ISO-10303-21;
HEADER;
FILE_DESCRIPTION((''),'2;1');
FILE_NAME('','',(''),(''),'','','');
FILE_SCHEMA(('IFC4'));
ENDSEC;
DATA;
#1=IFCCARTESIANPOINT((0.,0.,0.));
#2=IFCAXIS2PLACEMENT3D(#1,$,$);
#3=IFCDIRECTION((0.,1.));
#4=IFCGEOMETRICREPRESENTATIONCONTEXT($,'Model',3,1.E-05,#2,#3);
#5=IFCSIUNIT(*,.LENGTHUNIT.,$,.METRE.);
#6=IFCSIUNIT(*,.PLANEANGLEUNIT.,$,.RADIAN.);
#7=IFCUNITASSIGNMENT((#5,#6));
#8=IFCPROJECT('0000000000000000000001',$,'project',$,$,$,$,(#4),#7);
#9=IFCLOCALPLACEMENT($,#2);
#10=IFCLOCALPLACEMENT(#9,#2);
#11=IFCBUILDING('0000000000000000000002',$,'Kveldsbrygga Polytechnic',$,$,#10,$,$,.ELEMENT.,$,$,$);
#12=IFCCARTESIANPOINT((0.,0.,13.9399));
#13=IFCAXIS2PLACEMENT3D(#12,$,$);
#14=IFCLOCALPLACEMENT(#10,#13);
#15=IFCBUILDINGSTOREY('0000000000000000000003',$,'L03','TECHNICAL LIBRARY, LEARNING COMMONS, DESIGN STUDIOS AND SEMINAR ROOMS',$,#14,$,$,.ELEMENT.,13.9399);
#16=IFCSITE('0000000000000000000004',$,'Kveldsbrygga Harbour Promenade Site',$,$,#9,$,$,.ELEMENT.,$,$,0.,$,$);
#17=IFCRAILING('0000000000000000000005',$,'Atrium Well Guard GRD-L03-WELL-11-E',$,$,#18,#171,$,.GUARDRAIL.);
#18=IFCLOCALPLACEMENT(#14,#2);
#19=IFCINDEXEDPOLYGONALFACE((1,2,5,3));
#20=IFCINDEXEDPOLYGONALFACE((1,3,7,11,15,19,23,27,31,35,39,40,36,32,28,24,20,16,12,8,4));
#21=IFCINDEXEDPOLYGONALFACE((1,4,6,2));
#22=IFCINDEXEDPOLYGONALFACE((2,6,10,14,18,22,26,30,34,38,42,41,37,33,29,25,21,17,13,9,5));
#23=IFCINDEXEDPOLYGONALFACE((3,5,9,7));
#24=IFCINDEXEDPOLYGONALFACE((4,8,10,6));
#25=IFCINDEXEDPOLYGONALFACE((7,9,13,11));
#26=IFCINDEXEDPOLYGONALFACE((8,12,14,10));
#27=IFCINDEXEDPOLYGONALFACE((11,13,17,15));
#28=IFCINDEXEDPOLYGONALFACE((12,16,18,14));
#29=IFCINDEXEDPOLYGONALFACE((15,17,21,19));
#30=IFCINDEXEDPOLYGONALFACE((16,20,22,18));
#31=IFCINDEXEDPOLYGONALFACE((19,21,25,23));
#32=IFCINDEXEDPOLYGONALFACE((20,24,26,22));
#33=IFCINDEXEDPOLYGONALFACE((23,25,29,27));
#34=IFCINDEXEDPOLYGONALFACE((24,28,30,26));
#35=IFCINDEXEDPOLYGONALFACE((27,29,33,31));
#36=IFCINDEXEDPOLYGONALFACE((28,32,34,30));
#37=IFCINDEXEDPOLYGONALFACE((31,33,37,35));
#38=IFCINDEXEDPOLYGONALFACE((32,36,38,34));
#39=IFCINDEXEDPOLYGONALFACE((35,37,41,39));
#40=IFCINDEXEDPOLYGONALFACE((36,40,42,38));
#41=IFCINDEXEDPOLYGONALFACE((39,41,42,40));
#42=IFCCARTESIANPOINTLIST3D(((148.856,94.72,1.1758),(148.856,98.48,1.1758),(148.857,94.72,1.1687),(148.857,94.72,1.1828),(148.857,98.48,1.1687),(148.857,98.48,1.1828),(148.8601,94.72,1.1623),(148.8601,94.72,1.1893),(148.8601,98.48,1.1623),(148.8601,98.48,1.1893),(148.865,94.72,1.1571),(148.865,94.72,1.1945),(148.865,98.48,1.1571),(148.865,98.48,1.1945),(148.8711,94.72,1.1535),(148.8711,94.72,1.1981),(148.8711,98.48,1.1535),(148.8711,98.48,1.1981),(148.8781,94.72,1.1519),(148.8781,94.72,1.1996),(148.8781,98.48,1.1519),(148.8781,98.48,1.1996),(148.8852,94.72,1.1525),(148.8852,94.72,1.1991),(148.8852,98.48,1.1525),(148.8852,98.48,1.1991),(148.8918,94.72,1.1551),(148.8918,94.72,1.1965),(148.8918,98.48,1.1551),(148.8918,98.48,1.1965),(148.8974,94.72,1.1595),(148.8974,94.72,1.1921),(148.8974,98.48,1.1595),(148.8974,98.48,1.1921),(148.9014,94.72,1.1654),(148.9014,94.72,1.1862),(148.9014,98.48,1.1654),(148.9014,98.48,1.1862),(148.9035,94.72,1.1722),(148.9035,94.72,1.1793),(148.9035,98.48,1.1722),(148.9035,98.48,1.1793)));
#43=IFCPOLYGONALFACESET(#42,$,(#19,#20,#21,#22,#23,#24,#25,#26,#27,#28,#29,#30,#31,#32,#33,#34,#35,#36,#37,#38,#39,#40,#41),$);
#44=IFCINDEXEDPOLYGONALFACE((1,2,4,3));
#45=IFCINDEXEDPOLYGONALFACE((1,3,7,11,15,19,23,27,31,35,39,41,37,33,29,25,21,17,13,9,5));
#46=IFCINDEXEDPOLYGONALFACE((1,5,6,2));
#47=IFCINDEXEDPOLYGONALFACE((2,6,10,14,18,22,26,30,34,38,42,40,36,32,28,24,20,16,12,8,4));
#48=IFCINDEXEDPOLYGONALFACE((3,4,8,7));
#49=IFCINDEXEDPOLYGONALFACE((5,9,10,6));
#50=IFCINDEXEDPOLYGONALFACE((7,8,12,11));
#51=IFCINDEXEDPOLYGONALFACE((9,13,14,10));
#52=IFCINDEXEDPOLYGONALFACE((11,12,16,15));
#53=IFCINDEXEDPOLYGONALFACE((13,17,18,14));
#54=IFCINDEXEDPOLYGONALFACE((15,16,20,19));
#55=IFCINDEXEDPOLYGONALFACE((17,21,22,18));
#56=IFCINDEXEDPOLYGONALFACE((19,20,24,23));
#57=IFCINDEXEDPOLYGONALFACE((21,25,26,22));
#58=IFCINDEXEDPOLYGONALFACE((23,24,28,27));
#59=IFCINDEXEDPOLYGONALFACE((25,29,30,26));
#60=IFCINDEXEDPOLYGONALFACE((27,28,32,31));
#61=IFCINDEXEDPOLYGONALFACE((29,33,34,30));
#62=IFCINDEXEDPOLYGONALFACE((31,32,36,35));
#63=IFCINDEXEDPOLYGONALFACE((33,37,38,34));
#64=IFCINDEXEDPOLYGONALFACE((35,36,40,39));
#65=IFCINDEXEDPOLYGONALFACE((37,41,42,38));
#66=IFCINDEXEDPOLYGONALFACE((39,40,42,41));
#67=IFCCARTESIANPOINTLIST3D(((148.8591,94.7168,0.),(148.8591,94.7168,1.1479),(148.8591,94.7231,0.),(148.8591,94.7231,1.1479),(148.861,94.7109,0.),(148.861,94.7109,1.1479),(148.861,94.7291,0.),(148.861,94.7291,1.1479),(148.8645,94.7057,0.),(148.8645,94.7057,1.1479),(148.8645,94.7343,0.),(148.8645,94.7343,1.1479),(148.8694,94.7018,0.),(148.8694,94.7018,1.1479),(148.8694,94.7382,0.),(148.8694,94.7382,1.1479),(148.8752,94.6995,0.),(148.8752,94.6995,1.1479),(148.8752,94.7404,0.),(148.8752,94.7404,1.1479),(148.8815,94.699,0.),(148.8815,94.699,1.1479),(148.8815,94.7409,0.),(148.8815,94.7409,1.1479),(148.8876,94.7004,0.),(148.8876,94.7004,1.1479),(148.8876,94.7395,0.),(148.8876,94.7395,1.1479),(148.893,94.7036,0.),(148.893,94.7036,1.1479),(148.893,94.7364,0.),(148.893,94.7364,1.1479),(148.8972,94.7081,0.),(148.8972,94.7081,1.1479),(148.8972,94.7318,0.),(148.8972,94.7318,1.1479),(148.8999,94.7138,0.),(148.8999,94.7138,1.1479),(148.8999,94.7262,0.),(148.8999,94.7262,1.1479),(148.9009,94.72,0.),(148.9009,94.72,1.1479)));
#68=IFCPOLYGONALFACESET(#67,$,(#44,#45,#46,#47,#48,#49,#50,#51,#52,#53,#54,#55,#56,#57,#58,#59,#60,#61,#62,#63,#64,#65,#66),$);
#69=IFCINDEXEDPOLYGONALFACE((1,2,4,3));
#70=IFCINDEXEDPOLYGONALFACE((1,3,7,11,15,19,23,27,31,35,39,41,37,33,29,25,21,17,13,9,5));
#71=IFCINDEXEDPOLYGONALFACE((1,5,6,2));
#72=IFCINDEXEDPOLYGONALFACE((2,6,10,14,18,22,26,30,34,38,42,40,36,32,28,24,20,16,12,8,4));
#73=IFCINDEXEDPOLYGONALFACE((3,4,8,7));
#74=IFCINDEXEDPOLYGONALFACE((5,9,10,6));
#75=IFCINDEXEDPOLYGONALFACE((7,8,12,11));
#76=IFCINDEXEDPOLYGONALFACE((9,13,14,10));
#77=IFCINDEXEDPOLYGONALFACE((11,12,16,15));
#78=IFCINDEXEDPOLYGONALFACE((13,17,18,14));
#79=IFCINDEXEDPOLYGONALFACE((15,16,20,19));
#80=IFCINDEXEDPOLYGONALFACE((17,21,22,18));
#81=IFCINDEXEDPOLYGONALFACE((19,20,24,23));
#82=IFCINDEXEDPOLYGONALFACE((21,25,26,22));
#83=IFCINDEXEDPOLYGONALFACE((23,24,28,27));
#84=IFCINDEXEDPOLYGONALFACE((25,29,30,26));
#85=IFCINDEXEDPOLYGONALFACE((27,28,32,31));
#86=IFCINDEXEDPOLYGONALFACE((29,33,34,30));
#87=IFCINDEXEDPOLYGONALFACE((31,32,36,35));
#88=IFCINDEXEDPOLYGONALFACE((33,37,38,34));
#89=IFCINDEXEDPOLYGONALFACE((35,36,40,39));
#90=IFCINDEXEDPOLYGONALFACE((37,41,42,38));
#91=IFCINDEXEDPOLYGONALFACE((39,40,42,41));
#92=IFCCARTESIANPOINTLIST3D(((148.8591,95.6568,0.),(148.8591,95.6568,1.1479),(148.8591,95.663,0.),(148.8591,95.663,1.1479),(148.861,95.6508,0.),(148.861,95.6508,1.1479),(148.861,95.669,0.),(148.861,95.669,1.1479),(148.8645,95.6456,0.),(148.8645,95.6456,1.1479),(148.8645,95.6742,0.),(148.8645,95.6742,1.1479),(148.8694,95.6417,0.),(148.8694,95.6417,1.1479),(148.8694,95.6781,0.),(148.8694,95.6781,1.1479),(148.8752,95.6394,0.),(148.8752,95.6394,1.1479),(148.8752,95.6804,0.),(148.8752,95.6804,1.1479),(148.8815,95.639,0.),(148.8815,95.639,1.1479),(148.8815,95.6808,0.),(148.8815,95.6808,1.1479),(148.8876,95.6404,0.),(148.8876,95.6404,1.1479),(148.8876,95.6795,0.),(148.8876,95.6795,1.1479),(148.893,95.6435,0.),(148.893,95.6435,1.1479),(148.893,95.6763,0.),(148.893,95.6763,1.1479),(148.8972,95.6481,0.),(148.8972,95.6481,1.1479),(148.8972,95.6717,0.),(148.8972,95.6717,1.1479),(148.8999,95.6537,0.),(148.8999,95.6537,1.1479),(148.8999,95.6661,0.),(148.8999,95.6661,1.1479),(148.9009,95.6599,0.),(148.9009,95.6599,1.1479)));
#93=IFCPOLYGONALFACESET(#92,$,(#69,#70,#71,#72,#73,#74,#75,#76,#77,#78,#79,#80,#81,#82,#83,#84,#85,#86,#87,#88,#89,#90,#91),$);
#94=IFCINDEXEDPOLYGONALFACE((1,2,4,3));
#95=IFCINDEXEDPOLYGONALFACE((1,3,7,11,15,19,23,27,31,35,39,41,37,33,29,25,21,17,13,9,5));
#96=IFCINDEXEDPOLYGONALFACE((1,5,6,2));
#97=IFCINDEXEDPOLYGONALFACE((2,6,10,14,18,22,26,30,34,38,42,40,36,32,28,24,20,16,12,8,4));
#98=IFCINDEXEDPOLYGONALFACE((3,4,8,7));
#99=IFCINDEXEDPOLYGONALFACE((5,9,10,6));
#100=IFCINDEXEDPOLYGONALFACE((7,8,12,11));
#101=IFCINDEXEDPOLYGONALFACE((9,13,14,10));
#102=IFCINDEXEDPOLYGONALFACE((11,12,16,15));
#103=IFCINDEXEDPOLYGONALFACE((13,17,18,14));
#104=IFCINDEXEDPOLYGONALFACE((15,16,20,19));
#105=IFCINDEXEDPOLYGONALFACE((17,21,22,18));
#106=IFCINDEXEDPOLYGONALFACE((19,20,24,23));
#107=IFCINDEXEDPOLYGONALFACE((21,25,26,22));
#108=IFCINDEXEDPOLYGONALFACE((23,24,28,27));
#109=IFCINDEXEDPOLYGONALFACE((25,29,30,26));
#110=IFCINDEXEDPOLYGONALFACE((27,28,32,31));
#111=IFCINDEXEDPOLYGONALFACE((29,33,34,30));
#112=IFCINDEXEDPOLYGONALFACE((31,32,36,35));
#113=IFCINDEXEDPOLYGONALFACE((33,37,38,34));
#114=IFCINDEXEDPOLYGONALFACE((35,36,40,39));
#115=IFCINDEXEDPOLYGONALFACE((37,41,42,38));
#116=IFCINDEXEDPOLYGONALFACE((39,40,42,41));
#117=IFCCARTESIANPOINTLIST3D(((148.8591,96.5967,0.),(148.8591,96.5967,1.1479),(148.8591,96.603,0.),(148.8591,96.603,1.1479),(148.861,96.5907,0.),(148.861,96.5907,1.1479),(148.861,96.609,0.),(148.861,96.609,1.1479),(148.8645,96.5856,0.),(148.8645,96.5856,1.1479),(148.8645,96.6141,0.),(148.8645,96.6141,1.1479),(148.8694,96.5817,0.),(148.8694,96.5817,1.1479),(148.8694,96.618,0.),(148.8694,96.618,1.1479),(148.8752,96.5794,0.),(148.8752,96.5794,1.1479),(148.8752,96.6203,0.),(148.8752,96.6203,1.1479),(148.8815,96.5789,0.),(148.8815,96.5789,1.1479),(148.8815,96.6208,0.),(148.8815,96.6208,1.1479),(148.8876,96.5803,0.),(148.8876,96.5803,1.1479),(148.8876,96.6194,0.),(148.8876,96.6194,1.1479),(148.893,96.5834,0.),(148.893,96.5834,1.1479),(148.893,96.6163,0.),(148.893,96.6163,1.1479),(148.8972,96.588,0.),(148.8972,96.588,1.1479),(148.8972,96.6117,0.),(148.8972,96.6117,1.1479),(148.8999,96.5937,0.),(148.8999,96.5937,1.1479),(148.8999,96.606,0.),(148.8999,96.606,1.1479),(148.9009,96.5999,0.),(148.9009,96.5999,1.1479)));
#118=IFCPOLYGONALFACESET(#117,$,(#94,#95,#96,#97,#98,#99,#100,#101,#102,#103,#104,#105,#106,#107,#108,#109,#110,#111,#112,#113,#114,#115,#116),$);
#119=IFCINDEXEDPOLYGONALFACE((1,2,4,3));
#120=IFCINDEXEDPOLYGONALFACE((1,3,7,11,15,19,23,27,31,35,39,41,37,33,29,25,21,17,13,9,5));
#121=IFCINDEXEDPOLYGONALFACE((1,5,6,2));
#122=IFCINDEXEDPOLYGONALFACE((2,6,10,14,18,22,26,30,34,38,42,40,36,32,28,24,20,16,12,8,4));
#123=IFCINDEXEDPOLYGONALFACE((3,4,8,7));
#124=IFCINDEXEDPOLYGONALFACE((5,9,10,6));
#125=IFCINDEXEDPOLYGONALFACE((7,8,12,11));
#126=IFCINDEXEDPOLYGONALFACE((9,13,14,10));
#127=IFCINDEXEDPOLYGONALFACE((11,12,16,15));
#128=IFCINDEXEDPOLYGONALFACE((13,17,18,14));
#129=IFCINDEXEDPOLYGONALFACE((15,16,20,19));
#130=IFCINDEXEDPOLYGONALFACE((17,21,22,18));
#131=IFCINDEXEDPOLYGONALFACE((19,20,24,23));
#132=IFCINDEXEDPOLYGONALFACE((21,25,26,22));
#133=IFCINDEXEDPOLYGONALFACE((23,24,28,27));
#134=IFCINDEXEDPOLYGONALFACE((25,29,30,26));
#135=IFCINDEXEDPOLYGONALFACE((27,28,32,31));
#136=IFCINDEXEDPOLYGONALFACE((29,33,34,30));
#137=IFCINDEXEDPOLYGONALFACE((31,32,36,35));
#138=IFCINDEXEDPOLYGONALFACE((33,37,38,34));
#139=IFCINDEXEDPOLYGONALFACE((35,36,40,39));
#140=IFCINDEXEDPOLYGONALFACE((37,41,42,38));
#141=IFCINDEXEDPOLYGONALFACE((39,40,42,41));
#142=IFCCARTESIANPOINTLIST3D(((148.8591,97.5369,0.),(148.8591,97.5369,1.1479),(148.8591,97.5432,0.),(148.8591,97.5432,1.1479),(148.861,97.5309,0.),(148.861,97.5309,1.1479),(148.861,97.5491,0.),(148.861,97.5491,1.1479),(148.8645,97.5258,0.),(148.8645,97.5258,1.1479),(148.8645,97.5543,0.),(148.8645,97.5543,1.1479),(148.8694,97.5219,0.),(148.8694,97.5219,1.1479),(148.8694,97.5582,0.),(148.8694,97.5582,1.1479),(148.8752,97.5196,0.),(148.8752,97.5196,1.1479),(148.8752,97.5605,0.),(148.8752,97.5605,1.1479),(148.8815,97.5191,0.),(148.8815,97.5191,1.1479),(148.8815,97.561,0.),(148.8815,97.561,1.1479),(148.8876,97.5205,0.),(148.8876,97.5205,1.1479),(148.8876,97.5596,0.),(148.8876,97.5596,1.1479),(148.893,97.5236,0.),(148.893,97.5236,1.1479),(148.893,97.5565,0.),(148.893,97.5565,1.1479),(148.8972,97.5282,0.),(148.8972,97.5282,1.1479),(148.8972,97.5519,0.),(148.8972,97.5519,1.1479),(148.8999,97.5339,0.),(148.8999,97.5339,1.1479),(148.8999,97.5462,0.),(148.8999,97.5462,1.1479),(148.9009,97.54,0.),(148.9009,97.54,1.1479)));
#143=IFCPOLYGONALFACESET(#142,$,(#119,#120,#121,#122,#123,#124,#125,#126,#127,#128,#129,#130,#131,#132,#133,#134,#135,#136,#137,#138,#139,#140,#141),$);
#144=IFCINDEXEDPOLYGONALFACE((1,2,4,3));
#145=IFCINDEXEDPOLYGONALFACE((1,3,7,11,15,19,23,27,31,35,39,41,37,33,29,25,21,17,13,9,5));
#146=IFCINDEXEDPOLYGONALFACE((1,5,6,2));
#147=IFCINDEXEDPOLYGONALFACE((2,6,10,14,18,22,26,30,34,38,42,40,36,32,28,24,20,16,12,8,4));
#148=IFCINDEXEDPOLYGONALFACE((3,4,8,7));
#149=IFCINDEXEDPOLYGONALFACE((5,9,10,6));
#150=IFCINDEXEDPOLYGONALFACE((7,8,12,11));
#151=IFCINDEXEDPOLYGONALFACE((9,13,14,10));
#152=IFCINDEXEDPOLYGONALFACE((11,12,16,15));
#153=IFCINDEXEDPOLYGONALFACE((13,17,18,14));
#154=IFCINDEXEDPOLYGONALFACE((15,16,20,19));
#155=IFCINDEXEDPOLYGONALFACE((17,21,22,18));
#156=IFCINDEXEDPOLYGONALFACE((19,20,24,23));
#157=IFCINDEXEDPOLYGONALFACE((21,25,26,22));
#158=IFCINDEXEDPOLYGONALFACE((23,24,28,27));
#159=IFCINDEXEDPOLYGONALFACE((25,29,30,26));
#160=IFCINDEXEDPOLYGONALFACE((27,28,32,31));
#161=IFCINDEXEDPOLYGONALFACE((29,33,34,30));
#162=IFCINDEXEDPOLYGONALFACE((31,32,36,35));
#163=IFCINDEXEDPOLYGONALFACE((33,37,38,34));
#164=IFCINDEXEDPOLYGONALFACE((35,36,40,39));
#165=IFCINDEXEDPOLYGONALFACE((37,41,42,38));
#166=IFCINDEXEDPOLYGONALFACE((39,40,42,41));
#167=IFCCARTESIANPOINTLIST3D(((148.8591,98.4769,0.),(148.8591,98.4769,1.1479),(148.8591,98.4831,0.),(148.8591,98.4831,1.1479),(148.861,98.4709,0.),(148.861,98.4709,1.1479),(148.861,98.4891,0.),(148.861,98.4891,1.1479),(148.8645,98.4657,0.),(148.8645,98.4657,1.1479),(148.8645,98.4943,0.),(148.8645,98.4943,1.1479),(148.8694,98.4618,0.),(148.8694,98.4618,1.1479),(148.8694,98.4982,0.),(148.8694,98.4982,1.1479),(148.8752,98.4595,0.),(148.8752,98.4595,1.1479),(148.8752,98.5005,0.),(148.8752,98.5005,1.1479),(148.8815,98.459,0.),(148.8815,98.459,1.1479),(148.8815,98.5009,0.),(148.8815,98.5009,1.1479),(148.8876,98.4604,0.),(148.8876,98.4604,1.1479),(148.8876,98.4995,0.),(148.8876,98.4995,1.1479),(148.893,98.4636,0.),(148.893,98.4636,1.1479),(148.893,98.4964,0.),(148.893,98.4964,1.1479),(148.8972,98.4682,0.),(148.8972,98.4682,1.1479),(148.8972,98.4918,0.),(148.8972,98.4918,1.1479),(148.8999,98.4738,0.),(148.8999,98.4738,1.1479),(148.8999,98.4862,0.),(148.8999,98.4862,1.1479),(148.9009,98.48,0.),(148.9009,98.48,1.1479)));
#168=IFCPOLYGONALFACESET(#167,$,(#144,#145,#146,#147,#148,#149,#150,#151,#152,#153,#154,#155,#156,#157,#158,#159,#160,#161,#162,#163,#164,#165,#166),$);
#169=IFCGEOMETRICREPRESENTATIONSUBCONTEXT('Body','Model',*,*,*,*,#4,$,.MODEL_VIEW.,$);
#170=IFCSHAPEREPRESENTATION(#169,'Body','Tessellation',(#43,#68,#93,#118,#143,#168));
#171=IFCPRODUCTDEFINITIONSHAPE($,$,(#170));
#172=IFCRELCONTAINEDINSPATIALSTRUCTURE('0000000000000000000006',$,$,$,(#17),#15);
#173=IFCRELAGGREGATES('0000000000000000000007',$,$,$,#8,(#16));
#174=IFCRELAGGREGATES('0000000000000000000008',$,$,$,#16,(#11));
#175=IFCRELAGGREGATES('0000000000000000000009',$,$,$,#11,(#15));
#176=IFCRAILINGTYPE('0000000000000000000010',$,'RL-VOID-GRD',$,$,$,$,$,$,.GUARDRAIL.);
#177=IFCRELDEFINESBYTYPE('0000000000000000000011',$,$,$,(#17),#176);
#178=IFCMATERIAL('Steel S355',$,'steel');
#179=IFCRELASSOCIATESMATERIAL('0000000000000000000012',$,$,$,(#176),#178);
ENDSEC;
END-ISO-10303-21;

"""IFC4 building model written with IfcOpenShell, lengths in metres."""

from ifc_helpers import new_model, si_unit, direction, frame, origin, origin_2d, place, context, subcontext, project, spatial, circle, extrude, material, type_object, element, save


model = new_model("IFC4")

# Units and contexts
model_context = context("Model", 3, precision=1e-05, world=origin(), true_north=direction((0.0, 1.0)))
body_context = subcontext(model_context, "Body", "Model", "MODEL_VIEW")
ifc_project = project(units=[si_unit("LENGTHUNIT", "METRE"), si_unit("PLANEANGLEUNIT", "RADIAN")], contexts=[model_context])

# Site, building, storey
site_placement = place(None, origin())
site = spatial("IfcSite", under=ifc_project, at=site_placement, Name="Kveldsbrygga Harbour Promenade Site", CompositionType="ELEMENT", RefElevation=0.0)
building_placement = place(site_placement, origin())
building = spatial("IfcBuilding", under=site, at=building_placement, Name="Kveldsbrygga Polytechnic", CompositionType="ELEMENT")
storey_placement = place(building_placement, frame((0.0, 0.0, 13.9399)))
storey = spatial("IfcBuildingStorey", under=building, at=storey_placement, Name="L03", Description="TECHNICAL LIBRARY, LEARNING COMMONS, DESIGN STUDIOS AND SEMINAR ROOMS", CompositionType="ELEMENT", Elevation=13.9399)

# Shared definitions
ifc_material_1 = material(Name="Steel S355", Category="steel")

# Railing
railing_type = type_object("IfcRailingType", Name="RL-VOID-GRD", PredefinedType="GUARDRAIL", material=ifc_material_1)
railing_1_placement = place(storey_placement, frame((148.8799, 94.72, 0.0)))
element("IfcRailing", 1, at=railing_1_placement, inside=storey, type_object=railing_type, Name="Atrium Well Guard GRD-L03-WELL-11-E", PredefinedType="GUARDRAIL", context=body_context, shape_type="SweptSolid", body=[
    extrude(circle(Radius=0.0239, at=origin_2d()), frame((0.0, 0.0, 1.1758), z_axis=(0.0, 1.0, 0.0), x_axis=(-1.0, 0.0, 0.0)), (0.0, 0.0, 1.0), 3.76),
    extrude(circle(Radius=0.021, at=origin_2d()), origin(), (0.0, 0.0, 1.0), 1.1479),
    extrude(circle(Radius=0.021, at=origin_2d()), frame((0.0, 0.9399, 0.0)), (0.0, 0.0, 1.0), 1.1479),
    extrude(circle(Radius=0.021, at=origin_2d()), frame((0.0, 1.8799, 0.0)), (0.0, 0.0, 1.0), 1.1479),
    extrude(circle(Radius=0.021, at=origin_2d()), frame((0.0, 2.8201, 0.0)), (0.0, 0.0, 1.0), 1.1479),
    extrude(circle(Radius=0.021, at=origin_2d()), frame((0.0, 3.76, 0.0)), (0.0, 0.0, 1.0), 1.1479),
])

save(model, "model.ifc")
